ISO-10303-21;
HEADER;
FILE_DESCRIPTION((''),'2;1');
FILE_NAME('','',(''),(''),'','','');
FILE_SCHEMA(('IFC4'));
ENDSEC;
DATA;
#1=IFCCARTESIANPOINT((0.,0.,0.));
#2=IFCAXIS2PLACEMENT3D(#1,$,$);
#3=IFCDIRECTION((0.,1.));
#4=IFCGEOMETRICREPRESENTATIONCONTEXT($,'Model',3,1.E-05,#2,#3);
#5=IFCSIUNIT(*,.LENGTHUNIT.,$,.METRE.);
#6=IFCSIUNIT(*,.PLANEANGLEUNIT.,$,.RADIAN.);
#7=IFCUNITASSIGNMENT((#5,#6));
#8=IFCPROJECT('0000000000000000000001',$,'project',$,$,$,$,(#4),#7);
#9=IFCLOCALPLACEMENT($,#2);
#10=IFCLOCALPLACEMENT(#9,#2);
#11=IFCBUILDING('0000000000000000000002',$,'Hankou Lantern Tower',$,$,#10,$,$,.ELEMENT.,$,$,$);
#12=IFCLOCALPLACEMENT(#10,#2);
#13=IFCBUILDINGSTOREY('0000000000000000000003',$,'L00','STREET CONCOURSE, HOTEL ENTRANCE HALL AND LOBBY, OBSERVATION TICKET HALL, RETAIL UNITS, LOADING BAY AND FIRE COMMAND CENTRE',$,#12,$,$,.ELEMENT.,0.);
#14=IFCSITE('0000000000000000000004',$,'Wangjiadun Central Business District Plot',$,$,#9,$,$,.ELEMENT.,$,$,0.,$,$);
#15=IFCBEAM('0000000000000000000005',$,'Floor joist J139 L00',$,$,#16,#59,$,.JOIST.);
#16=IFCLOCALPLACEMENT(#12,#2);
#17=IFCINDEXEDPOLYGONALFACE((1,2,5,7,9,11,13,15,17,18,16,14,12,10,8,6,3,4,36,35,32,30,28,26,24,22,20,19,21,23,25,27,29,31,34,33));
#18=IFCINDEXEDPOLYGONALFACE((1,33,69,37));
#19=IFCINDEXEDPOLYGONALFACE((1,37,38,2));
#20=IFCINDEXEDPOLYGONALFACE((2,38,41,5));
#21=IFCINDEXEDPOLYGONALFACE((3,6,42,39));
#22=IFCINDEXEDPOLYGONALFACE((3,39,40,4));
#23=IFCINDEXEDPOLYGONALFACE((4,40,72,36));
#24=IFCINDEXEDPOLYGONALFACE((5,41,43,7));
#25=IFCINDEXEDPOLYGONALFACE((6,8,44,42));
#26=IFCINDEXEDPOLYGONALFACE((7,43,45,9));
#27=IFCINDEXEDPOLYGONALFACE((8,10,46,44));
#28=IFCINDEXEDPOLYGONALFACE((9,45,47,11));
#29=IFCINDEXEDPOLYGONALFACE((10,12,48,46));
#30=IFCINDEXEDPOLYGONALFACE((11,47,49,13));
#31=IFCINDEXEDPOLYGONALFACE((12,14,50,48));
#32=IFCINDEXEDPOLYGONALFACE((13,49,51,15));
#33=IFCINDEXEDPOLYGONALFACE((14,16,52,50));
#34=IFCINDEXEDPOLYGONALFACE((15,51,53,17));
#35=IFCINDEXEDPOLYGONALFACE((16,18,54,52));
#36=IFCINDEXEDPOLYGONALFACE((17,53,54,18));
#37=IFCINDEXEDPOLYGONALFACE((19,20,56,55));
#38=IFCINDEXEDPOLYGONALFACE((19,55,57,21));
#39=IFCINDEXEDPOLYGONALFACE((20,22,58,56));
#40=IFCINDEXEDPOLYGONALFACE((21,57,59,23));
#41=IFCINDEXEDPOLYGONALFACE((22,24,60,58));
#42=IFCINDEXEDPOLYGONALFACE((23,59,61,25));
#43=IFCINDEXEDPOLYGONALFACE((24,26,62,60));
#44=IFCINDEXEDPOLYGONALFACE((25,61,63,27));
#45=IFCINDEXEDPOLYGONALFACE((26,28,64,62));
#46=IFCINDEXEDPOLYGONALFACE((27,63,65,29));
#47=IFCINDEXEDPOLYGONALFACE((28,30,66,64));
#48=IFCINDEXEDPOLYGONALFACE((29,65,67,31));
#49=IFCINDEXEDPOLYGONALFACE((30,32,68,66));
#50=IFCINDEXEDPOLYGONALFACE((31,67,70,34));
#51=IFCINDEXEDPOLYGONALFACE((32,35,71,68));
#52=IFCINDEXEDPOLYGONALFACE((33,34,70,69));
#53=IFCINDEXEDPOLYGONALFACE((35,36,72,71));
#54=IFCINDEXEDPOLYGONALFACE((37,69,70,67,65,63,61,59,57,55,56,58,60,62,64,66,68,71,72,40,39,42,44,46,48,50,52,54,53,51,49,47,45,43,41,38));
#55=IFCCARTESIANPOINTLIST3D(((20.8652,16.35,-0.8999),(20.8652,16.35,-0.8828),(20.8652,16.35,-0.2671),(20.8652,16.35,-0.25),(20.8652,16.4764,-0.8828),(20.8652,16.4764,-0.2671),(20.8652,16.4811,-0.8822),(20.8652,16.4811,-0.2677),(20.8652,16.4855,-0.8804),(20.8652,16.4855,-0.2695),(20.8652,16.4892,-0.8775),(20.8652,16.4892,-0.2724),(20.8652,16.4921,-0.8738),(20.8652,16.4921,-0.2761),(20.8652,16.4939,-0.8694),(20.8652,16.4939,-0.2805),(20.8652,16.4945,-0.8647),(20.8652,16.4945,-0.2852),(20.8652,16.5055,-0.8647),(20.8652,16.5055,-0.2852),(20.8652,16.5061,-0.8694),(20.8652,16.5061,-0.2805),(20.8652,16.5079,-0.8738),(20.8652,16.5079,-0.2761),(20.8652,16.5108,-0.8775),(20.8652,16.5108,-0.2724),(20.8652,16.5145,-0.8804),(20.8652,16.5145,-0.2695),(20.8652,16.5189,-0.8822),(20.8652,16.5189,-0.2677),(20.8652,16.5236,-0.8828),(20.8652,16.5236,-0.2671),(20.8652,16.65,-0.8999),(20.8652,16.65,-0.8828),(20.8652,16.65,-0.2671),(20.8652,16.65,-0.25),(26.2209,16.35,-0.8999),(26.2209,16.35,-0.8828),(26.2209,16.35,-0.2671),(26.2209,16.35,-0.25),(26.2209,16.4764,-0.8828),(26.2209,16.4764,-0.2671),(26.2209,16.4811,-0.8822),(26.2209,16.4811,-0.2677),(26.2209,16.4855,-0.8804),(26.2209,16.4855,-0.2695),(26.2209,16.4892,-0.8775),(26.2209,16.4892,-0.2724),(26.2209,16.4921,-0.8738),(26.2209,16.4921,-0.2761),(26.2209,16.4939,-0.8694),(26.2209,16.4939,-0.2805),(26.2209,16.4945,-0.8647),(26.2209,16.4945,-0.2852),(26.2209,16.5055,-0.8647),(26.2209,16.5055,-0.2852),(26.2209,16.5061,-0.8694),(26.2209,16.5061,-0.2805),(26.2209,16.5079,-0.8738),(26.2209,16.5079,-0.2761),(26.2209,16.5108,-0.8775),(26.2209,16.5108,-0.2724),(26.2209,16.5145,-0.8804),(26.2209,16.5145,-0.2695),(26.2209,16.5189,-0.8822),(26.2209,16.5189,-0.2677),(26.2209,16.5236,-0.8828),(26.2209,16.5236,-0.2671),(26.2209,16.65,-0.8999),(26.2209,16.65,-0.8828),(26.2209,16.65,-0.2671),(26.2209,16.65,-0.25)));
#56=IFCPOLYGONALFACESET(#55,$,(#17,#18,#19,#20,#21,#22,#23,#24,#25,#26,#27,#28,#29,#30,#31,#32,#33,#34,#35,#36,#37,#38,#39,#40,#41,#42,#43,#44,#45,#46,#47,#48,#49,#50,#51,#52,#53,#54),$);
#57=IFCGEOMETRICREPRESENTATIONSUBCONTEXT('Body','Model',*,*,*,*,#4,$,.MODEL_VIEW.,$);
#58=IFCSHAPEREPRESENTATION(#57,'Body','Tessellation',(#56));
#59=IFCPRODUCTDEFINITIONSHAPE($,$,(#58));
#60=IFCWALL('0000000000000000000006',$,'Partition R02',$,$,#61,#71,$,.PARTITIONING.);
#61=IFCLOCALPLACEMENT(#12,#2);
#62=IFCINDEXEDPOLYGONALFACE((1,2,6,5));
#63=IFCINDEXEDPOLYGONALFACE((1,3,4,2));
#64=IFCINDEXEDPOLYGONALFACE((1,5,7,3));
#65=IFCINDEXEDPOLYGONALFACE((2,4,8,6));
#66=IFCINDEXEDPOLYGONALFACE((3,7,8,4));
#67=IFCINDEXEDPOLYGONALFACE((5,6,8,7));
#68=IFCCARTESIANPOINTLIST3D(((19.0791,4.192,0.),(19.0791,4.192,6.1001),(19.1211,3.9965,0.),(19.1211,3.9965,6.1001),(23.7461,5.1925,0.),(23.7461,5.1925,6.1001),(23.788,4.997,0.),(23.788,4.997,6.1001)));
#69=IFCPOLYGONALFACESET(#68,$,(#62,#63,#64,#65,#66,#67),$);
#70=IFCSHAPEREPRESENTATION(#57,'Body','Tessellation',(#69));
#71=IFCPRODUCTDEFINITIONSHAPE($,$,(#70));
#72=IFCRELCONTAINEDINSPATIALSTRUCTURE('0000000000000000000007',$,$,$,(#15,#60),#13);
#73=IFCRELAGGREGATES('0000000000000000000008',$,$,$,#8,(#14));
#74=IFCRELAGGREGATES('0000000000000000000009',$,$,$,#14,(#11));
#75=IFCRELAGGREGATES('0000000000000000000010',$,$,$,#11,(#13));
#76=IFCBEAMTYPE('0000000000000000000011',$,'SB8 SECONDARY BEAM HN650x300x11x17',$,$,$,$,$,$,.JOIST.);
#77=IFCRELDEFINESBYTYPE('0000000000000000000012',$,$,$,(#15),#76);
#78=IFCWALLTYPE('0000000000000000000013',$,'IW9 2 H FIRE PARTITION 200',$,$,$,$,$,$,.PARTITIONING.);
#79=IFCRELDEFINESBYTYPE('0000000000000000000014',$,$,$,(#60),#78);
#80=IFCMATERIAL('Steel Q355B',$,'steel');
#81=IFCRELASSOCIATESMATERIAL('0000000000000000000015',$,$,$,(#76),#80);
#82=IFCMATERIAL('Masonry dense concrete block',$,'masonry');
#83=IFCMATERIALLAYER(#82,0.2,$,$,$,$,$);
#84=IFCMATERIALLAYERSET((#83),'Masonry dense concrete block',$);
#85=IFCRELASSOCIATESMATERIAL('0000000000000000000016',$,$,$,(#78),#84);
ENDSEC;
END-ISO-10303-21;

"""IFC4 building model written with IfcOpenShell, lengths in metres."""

from ifc_helpers import new_model, si_unit, direction, frame, frame_2d, origin, origin_2d, place, context, subcontext, project, spatial, rectangle, i_section, extrude, material, layer, layer_set, material_profile, profile_set, type_object, element, save


model = new_model("IFC4")

# Units and contexts
model_context = context("Model", 3, precision=1e-05, world=origin(), true_north=direction((0.0, 1.0)))
body_context = subcontext(model_context, "Body", "Model", "MODEL_VIEW")
ifc_project = project(units=[si_unit("LENGTHUNIT", "METRE"), si_unit("PLANEANGLEUNIT", "RADIAN")], contexts=[model_context])

# Site, building, storey
site_placement = place(None, origin())
site = spatial("IfcSite", under=ifc_project, at=site_placement, Name="Wangjiadun Central Business District Plot", CompositionType="ELEMENT", RefElevation=0.0)
building_placement = place(site_placement, origin())
building = spatial("IfcBuilding", under=site, at=building_placement, Name="Hankou Lantern Tower", CompositionType="ELEMENT")
storey_placement = place(building_placement, origin())
storey = spatial("IfcBuildingStorey", under=building, at=storey_placement, Name="L00", Description="STREET CONCOURSE, HOTEL ENTRANCE HALL AND LOBBY, OBSERVATION TICKET HALL, RETAIL UNITS, LOADING BAY AND FIRE COMMAND CENTRE", CompositionType="ELEMENT", Elevation=0.0)

# Beam
ifc_material_1 = material(Name="Steel Q355B", Category="steel")
ifc_material_profile_1 = material_profile(ifc_material_1, i_section(OverallWidth=0.3, OverallDepth=0.6499, WebThickness=0.011, FlangeThickness=0.0171, FilletRadius=0.0181, at=origin_2d()), Name="HN650x300x11x17")
ifc_profile_set_1 = profile_set([ifc_material_profile_1], Name="Steel Q355B")
beam_type_1 = type_object("IfcBeamType", Name="SB8 SECONDARY BEAM HN650x300x11x17", PredefinedType="JOIST", material=ifc_profile_set_1)
beam_1_placement = place(storey_placement, frame((20.8652, 16.5, -0.575), z_axis=(1.0, 0.0, 0.0), x_axis=(0.0, 1.0, 0.0)))
element("IfcBeam", 1, at=beam_1_placement, inside=storey, type_object=beam_type_1, Name="Floor joist J139 L00", PredefinedType="JOIST", context=body_context, shape_type="SweptSolid", body=[
    extrude(i_section(OverallWidth=0.3, OverallDepth=0.6499, WebThickness=0.011, FlangeThickness=0.0171, FilletRadius=0.0181, at=origin_2d()), origin(), (0.0, 0.0, 1.0), 5.3557),
])

# Wall
ifc_material_2 = material(Name="Masonry dense concrete block", Category="masonry")
ifc_layer = layer(ifc_material_2, 0.2)
ifc_layer_set = layer_set([ifc_layer], Name="Masonry dense concrete block")
wall_type = type_object("IfcWallType", Name="IW9 2 H FIRE PARTITION 200", PredefinedType="PARTITIONING", material=ifc_layer_set)
wall_placement = place(storey_placement, frame((19.1001, 4.0942, 0.0), z_axis=(0.0, 0.0, 1.0), x_axis=(0.977784, 0.209613, 0.0)))
element("IfcWall", 2, at=wall_placement, inside=storey, type_object=wall_type, Name="Partition R02", PredefinedType="PARTITIONING", context=body_context, shape_type="SweptSolid", body=[
    extrude(rectangle(XDim=4.7729, YDim=0.2, at=frame_2d((2.3865, 0.0))), origin(), (0.0, 0.0, 1.0), 6.1001),
])

save(model, "model.ifc")
